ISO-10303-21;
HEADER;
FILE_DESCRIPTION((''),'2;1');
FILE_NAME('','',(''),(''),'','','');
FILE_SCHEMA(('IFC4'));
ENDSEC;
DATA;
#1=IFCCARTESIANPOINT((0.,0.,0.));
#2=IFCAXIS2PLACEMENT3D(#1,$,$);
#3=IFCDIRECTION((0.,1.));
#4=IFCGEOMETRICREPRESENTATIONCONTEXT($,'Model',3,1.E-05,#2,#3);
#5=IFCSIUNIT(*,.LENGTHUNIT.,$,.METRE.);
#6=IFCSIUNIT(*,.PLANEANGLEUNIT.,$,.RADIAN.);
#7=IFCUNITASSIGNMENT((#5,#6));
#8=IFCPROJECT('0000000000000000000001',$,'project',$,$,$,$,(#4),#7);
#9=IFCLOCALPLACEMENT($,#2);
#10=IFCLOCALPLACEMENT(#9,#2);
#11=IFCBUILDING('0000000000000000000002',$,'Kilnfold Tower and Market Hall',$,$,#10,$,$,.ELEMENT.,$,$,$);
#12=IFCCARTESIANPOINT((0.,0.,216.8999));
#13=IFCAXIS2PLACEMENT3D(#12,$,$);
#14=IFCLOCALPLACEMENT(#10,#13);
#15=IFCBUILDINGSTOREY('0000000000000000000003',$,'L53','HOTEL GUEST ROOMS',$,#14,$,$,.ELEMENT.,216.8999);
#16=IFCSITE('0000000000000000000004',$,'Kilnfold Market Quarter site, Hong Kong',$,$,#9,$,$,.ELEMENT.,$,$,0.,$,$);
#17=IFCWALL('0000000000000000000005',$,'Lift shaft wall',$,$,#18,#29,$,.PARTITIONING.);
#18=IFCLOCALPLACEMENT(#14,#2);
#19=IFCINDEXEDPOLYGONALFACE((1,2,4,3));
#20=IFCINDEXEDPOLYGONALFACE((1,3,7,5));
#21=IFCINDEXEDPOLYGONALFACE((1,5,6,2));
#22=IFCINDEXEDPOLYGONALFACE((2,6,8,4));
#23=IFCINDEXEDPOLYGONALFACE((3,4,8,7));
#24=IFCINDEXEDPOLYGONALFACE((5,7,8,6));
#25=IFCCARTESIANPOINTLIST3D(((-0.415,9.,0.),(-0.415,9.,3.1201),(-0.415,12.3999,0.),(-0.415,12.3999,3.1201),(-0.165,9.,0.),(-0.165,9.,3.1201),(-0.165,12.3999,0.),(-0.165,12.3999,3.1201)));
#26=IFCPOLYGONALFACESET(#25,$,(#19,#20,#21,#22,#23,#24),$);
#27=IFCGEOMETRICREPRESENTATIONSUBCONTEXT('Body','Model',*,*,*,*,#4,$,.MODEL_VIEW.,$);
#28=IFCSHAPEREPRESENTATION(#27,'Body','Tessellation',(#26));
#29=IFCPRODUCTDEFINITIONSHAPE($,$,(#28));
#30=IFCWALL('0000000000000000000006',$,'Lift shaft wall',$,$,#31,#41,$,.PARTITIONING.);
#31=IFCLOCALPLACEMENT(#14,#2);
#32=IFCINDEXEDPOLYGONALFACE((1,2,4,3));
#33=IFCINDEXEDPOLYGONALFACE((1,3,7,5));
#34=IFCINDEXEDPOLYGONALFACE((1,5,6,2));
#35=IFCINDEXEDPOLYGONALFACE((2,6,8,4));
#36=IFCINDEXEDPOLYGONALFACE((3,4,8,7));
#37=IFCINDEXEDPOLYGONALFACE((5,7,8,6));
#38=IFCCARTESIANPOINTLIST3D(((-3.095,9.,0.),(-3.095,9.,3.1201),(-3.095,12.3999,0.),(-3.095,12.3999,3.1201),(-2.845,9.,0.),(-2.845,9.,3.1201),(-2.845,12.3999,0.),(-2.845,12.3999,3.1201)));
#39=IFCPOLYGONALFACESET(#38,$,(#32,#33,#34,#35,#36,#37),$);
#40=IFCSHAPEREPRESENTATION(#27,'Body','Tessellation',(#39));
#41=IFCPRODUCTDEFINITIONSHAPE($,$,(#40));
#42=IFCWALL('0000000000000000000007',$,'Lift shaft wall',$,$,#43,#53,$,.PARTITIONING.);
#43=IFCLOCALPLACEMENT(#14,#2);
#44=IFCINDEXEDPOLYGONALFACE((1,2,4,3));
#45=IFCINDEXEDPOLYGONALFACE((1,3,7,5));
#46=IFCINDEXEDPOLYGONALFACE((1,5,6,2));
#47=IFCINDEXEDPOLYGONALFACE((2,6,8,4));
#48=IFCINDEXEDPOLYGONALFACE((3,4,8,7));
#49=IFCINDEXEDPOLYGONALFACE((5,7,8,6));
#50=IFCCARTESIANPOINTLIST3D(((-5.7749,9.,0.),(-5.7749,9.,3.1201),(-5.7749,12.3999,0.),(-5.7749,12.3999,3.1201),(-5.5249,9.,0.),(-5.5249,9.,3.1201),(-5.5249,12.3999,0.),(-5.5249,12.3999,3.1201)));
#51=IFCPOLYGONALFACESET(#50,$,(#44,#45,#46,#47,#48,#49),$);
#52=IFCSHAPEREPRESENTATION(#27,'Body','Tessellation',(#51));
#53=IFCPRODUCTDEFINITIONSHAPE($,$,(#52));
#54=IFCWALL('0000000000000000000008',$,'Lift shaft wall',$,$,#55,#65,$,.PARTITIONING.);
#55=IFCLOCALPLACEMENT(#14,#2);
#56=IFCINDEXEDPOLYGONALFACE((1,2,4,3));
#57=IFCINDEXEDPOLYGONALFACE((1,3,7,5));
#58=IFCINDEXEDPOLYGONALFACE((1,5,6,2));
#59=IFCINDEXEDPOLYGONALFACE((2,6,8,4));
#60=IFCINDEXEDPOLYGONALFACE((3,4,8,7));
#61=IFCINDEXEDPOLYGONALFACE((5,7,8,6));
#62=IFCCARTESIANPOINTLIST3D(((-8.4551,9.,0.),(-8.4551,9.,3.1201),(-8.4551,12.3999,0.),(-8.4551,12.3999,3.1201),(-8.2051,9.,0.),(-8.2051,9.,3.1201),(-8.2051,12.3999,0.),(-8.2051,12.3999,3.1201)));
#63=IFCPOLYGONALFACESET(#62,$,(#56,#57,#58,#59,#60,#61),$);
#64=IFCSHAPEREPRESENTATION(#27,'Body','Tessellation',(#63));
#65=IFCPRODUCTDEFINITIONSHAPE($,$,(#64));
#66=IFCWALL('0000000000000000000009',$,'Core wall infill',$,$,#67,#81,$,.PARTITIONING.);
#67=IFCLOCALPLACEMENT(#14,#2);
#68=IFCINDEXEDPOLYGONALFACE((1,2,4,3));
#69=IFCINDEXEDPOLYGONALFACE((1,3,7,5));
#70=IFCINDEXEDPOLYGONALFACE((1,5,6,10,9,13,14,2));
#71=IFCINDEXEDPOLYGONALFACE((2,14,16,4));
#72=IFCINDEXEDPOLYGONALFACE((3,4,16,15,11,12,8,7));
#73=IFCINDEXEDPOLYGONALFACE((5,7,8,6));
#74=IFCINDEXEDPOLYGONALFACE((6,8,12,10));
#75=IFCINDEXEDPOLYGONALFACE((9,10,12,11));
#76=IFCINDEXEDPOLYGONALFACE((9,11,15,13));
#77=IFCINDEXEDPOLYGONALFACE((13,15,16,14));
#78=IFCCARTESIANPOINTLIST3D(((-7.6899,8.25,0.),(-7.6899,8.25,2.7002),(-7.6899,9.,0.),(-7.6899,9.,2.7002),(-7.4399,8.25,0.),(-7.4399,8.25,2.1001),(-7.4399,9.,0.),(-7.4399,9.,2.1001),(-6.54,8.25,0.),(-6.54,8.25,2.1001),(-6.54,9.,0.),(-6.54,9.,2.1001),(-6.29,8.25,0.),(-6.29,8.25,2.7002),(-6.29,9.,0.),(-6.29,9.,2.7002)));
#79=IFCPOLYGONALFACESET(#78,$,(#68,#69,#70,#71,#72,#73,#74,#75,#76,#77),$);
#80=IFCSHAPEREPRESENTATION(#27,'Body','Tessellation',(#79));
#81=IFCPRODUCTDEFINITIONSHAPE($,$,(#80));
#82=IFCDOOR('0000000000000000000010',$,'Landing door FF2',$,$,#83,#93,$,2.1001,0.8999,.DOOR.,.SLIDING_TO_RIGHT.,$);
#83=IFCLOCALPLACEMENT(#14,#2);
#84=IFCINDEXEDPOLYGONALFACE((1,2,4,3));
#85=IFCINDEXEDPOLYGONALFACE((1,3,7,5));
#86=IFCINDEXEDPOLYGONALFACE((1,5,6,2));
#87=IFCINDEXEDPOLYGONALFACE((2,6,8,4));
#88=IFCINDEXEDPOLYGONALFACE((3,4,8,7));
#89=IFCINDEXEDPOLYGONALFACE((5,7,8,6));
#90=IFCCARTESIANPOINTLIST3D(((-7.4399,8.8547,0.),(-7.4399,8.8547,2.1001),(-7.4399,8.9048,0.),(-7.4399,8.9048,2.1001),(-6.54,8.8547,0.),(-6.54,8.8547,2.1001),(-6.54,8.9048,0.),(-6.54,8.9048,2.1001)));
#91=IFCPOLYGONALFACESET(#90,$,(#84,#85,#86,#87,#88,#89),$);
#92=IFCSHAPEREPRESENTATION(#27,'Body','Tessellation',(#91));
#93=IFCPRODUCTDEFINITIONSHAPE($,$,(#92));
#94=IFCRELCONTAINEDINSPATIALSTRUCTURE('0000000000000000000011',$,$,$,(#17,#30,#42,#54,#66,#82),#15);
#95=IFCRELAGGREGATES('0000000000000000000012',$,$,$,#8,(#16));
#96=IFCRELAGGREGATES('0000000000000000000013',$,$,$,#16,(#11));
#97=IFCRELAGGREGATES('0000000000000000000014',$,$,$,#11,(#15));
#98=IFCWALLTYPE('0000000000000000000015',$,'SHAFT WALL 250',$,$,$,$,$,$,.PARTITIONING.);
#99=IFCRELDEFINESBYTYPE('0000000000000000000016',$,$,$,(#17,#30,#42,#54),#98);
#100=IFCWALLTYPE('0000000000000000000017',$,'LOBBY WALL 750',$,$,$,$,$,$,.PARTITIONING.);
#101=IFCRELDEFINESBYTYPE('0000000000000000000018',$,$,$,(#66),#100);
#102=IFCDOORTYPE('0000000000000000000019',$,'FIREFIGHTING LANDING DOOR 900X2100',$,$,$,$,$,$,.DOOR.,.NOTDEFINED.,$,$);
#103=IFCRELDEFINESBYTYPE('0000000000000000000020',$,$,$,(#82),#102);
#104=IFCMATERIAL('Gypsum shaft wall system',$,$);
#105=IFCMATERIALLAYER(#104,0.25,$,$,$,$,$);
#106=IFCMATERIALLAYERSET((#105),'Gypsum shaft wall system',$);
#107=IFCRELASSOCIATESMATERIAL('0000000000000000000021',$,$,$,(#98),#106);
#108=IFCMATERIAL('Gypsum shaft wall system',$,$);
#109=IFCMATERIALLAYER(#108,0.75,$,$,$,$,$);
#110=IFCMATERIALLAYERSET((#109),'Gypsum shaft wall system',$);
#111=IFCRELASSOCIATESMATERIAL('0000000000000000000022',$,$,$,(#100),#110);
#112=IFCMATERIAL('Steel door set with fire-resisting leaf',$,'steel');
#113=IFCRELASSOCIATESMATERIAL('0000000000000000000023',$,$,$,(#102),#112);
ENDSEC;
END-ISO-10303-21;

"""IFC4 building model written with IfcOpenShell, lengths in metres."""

from ifc_helpers import new_model, si_unit, direction, frame, frame_2d, origin, place, context, subcontext, project, spatial, rectangle, extrude, source, transform, mapped, material, layer, layer_set, type_object, element, fill, save


model = new_model("IFC4")

# Units and contexts
model_context = context("Model", 3, precision=1e-05, world=origin(), true_north=direction((0.0, 1.0)))
body_context = subcontext(model_context, "Body", "Model", "MODEL_VIEW")
ifc_project = project(units=[si_unit("LENGTHUNIT", "METRE"), si_unit("PLANEANGLEUNIT", "RADIAN")], contexts=[model_context])

# Site, building, storey
site_placement = place(None, origin())
site = spatial("IfcSite", under=ifc_project, at=site_placement, Name="Kilnfold Market Quarter site, Hong Kong", CompositionType="ELEMENT", RefElevation=0.0)
building_placement = place(site_placement, origin())
building = spatial("IfcBuilding", under=site, at=building_placement, Name="Kilnfold Tower and Market Hall", CompositionType="ELEMENT")
storey_placement = place(building_placement, frame((0.0, 0.0, 216.8999)))
storey = spatial("IfcBuildingStorey", under=building, at=storey_placement, Name="L53", Description="HOTEL GUEST ROOMS", CompositionType="ELEMENT", Elevation=216.8999)

# Walls
ifc_material_1 = material(Name="Gypsum shaft wall system")
ifc_layer_1 = layer(ifc_material_1, 0.25)
ifc_layer_set_1 = layer_set([ifc_layer_1], Name="Gypsum shaft wall system")
wall_type_1 = type_object("IfcWallType", Name="SHAFT WALL 250", PredefinedType="PARTITIONING", material=ifc_layer_set_1)
shared_shape_1 = source(origin(), body_context, "Body", "SweptSolid", [
    extrude(rectangle(XDim=3.3999, YDim=0.25, at=frame_2d((1.7, 0.0))), origin(), (0.0, 0.0, 1.0), 3.1201),
])
for number, where, z_axis, x_axis, name in (
    (1, (-0.29, 9.0, 0.0), (0.0, 0.0, 1.0), (0.0, 1.0, 0.0), "Lift shaft wall"),
    (2, (-2.97, 9.0, 0.0), (0.0, 0.0, 1.0), (0.0, 1.0, 0.0), "Lift shaft wall"),
    (3, (-5.6499, 9.0, 0.0), (0.0, 0.0, 1.0), (0.0, 1.0, 0.0), "Lift shaft wall"),
    (4, (-8.3301, 9.0, 0.0), (0.0, 0.0, 1.0), (0.0, 1.0, 0.0), "Lift shaft wall"),
):
    element("IfcWall", number, at=place(storey_placement, frame(where, z_axis=z_axis, x_axis=x_axis)), inside=storey, type_object=wall_type_1, Name=name, PredefinedType="PARTITIONING", context=body_context, shape_type="MappedRepresentation", body=[
        mapped(shared_shape_1, transform((0.0, 0.0, 0.0))),
    ])

# Wall, opening, door
ifc_material_2 = material(Name="Gypsum shaft wall system")
ifc_layer_2 = layer(ifc_material_2, 0.75)
ifc_layer_set_2 = layer_set([ifc_layer_2], Name="Gypsum shaft wall system")
wall_type_2 = type_object("IfcWallType", Name="LOBBY WALL 750", PredefinedType="PARTITIONING", material=ifc_layer_set_2)
shared_shape_2 = source(origin(), body_context, "Body", "SweptSolid", [
    extrude(rectangle(XDim=1.3999, YDim=0.75, at=frame_2d((0.7, 0.0))), origin(), (0.0, 0.0, 1.0), 2.7002),
])
wall_1_placement = place(storey_placement, frame((-7.6899, 8.625, 0.0), z_axis=(0.0, 0.0, 1.0), x_axis=(1.0, 0.0, 0.0)))
wall_1 = element("IfcWall", 5, at=wall_1_placement, inside=storey, type_object=wall_type_2, Name="Core wall infill", PredefinedType="PARTITIONING", context=body_context, shape_type="MappedRepresentation", body=[
    mapped(shared_shape_2, transform((0.0, 0.0, 0.0))),
])
opening_placement = place(wall_1_placement, frame((0.25, 0.0, 0.0)))
opening = element("IfcOpeningElement", 6, at=opening_placement, cuts=wall_1, PredefinedType="OPENING", context=body_context, shape_type="SweptSolid", body=[
    extrude(rectangle(XDim=0.8999, YDim=2.1001, at=frame_2d((0.45, 1.05))), frame((0.0, 0.385, 0.0), z_axis=(0.0, -1.0, 0.0), x_axis=(1.0, 0.0, 0.0)), (0.0, 0.0, 1.0), 0.77),
])
ifc_material_3 = material(Name="Steel door set with fire-resisting leaf", Category="steel")
door_type = type_object("IfcDoorType", Name="FIREFIGHTING LANDING DOOR 900X2100", OperationType="NOTDEFINED", PredefinedType="DOOR", material=ifc_material_3)
door_placement = place(opening_placement, origin())
door = element("IfcDoor", 7, at=door_placement, inside=storey, type_object=door_type, Name="Landing door FF2", OperationType="SLIDING_TO_RIGHT", OverallHeight=2.1001, OverallWidth=0.8999, PredefinedType="DOOR", context=body_context, shape_type="SweptSolid", body=[
    extrude(rectangle(XDim=0.8999, YDim=2.1001, at=frame_2d((0.45, 1.05))), frame((0.0, 0.2798, 0.0), z_axis=(0.0, -1.0, 0.0), x_axis=(1.0, 0.0, 0.0)), (0.0, 0.0, 1.0), 0.05),
])
fill(opening, door)

save(model, "model.ifc")
